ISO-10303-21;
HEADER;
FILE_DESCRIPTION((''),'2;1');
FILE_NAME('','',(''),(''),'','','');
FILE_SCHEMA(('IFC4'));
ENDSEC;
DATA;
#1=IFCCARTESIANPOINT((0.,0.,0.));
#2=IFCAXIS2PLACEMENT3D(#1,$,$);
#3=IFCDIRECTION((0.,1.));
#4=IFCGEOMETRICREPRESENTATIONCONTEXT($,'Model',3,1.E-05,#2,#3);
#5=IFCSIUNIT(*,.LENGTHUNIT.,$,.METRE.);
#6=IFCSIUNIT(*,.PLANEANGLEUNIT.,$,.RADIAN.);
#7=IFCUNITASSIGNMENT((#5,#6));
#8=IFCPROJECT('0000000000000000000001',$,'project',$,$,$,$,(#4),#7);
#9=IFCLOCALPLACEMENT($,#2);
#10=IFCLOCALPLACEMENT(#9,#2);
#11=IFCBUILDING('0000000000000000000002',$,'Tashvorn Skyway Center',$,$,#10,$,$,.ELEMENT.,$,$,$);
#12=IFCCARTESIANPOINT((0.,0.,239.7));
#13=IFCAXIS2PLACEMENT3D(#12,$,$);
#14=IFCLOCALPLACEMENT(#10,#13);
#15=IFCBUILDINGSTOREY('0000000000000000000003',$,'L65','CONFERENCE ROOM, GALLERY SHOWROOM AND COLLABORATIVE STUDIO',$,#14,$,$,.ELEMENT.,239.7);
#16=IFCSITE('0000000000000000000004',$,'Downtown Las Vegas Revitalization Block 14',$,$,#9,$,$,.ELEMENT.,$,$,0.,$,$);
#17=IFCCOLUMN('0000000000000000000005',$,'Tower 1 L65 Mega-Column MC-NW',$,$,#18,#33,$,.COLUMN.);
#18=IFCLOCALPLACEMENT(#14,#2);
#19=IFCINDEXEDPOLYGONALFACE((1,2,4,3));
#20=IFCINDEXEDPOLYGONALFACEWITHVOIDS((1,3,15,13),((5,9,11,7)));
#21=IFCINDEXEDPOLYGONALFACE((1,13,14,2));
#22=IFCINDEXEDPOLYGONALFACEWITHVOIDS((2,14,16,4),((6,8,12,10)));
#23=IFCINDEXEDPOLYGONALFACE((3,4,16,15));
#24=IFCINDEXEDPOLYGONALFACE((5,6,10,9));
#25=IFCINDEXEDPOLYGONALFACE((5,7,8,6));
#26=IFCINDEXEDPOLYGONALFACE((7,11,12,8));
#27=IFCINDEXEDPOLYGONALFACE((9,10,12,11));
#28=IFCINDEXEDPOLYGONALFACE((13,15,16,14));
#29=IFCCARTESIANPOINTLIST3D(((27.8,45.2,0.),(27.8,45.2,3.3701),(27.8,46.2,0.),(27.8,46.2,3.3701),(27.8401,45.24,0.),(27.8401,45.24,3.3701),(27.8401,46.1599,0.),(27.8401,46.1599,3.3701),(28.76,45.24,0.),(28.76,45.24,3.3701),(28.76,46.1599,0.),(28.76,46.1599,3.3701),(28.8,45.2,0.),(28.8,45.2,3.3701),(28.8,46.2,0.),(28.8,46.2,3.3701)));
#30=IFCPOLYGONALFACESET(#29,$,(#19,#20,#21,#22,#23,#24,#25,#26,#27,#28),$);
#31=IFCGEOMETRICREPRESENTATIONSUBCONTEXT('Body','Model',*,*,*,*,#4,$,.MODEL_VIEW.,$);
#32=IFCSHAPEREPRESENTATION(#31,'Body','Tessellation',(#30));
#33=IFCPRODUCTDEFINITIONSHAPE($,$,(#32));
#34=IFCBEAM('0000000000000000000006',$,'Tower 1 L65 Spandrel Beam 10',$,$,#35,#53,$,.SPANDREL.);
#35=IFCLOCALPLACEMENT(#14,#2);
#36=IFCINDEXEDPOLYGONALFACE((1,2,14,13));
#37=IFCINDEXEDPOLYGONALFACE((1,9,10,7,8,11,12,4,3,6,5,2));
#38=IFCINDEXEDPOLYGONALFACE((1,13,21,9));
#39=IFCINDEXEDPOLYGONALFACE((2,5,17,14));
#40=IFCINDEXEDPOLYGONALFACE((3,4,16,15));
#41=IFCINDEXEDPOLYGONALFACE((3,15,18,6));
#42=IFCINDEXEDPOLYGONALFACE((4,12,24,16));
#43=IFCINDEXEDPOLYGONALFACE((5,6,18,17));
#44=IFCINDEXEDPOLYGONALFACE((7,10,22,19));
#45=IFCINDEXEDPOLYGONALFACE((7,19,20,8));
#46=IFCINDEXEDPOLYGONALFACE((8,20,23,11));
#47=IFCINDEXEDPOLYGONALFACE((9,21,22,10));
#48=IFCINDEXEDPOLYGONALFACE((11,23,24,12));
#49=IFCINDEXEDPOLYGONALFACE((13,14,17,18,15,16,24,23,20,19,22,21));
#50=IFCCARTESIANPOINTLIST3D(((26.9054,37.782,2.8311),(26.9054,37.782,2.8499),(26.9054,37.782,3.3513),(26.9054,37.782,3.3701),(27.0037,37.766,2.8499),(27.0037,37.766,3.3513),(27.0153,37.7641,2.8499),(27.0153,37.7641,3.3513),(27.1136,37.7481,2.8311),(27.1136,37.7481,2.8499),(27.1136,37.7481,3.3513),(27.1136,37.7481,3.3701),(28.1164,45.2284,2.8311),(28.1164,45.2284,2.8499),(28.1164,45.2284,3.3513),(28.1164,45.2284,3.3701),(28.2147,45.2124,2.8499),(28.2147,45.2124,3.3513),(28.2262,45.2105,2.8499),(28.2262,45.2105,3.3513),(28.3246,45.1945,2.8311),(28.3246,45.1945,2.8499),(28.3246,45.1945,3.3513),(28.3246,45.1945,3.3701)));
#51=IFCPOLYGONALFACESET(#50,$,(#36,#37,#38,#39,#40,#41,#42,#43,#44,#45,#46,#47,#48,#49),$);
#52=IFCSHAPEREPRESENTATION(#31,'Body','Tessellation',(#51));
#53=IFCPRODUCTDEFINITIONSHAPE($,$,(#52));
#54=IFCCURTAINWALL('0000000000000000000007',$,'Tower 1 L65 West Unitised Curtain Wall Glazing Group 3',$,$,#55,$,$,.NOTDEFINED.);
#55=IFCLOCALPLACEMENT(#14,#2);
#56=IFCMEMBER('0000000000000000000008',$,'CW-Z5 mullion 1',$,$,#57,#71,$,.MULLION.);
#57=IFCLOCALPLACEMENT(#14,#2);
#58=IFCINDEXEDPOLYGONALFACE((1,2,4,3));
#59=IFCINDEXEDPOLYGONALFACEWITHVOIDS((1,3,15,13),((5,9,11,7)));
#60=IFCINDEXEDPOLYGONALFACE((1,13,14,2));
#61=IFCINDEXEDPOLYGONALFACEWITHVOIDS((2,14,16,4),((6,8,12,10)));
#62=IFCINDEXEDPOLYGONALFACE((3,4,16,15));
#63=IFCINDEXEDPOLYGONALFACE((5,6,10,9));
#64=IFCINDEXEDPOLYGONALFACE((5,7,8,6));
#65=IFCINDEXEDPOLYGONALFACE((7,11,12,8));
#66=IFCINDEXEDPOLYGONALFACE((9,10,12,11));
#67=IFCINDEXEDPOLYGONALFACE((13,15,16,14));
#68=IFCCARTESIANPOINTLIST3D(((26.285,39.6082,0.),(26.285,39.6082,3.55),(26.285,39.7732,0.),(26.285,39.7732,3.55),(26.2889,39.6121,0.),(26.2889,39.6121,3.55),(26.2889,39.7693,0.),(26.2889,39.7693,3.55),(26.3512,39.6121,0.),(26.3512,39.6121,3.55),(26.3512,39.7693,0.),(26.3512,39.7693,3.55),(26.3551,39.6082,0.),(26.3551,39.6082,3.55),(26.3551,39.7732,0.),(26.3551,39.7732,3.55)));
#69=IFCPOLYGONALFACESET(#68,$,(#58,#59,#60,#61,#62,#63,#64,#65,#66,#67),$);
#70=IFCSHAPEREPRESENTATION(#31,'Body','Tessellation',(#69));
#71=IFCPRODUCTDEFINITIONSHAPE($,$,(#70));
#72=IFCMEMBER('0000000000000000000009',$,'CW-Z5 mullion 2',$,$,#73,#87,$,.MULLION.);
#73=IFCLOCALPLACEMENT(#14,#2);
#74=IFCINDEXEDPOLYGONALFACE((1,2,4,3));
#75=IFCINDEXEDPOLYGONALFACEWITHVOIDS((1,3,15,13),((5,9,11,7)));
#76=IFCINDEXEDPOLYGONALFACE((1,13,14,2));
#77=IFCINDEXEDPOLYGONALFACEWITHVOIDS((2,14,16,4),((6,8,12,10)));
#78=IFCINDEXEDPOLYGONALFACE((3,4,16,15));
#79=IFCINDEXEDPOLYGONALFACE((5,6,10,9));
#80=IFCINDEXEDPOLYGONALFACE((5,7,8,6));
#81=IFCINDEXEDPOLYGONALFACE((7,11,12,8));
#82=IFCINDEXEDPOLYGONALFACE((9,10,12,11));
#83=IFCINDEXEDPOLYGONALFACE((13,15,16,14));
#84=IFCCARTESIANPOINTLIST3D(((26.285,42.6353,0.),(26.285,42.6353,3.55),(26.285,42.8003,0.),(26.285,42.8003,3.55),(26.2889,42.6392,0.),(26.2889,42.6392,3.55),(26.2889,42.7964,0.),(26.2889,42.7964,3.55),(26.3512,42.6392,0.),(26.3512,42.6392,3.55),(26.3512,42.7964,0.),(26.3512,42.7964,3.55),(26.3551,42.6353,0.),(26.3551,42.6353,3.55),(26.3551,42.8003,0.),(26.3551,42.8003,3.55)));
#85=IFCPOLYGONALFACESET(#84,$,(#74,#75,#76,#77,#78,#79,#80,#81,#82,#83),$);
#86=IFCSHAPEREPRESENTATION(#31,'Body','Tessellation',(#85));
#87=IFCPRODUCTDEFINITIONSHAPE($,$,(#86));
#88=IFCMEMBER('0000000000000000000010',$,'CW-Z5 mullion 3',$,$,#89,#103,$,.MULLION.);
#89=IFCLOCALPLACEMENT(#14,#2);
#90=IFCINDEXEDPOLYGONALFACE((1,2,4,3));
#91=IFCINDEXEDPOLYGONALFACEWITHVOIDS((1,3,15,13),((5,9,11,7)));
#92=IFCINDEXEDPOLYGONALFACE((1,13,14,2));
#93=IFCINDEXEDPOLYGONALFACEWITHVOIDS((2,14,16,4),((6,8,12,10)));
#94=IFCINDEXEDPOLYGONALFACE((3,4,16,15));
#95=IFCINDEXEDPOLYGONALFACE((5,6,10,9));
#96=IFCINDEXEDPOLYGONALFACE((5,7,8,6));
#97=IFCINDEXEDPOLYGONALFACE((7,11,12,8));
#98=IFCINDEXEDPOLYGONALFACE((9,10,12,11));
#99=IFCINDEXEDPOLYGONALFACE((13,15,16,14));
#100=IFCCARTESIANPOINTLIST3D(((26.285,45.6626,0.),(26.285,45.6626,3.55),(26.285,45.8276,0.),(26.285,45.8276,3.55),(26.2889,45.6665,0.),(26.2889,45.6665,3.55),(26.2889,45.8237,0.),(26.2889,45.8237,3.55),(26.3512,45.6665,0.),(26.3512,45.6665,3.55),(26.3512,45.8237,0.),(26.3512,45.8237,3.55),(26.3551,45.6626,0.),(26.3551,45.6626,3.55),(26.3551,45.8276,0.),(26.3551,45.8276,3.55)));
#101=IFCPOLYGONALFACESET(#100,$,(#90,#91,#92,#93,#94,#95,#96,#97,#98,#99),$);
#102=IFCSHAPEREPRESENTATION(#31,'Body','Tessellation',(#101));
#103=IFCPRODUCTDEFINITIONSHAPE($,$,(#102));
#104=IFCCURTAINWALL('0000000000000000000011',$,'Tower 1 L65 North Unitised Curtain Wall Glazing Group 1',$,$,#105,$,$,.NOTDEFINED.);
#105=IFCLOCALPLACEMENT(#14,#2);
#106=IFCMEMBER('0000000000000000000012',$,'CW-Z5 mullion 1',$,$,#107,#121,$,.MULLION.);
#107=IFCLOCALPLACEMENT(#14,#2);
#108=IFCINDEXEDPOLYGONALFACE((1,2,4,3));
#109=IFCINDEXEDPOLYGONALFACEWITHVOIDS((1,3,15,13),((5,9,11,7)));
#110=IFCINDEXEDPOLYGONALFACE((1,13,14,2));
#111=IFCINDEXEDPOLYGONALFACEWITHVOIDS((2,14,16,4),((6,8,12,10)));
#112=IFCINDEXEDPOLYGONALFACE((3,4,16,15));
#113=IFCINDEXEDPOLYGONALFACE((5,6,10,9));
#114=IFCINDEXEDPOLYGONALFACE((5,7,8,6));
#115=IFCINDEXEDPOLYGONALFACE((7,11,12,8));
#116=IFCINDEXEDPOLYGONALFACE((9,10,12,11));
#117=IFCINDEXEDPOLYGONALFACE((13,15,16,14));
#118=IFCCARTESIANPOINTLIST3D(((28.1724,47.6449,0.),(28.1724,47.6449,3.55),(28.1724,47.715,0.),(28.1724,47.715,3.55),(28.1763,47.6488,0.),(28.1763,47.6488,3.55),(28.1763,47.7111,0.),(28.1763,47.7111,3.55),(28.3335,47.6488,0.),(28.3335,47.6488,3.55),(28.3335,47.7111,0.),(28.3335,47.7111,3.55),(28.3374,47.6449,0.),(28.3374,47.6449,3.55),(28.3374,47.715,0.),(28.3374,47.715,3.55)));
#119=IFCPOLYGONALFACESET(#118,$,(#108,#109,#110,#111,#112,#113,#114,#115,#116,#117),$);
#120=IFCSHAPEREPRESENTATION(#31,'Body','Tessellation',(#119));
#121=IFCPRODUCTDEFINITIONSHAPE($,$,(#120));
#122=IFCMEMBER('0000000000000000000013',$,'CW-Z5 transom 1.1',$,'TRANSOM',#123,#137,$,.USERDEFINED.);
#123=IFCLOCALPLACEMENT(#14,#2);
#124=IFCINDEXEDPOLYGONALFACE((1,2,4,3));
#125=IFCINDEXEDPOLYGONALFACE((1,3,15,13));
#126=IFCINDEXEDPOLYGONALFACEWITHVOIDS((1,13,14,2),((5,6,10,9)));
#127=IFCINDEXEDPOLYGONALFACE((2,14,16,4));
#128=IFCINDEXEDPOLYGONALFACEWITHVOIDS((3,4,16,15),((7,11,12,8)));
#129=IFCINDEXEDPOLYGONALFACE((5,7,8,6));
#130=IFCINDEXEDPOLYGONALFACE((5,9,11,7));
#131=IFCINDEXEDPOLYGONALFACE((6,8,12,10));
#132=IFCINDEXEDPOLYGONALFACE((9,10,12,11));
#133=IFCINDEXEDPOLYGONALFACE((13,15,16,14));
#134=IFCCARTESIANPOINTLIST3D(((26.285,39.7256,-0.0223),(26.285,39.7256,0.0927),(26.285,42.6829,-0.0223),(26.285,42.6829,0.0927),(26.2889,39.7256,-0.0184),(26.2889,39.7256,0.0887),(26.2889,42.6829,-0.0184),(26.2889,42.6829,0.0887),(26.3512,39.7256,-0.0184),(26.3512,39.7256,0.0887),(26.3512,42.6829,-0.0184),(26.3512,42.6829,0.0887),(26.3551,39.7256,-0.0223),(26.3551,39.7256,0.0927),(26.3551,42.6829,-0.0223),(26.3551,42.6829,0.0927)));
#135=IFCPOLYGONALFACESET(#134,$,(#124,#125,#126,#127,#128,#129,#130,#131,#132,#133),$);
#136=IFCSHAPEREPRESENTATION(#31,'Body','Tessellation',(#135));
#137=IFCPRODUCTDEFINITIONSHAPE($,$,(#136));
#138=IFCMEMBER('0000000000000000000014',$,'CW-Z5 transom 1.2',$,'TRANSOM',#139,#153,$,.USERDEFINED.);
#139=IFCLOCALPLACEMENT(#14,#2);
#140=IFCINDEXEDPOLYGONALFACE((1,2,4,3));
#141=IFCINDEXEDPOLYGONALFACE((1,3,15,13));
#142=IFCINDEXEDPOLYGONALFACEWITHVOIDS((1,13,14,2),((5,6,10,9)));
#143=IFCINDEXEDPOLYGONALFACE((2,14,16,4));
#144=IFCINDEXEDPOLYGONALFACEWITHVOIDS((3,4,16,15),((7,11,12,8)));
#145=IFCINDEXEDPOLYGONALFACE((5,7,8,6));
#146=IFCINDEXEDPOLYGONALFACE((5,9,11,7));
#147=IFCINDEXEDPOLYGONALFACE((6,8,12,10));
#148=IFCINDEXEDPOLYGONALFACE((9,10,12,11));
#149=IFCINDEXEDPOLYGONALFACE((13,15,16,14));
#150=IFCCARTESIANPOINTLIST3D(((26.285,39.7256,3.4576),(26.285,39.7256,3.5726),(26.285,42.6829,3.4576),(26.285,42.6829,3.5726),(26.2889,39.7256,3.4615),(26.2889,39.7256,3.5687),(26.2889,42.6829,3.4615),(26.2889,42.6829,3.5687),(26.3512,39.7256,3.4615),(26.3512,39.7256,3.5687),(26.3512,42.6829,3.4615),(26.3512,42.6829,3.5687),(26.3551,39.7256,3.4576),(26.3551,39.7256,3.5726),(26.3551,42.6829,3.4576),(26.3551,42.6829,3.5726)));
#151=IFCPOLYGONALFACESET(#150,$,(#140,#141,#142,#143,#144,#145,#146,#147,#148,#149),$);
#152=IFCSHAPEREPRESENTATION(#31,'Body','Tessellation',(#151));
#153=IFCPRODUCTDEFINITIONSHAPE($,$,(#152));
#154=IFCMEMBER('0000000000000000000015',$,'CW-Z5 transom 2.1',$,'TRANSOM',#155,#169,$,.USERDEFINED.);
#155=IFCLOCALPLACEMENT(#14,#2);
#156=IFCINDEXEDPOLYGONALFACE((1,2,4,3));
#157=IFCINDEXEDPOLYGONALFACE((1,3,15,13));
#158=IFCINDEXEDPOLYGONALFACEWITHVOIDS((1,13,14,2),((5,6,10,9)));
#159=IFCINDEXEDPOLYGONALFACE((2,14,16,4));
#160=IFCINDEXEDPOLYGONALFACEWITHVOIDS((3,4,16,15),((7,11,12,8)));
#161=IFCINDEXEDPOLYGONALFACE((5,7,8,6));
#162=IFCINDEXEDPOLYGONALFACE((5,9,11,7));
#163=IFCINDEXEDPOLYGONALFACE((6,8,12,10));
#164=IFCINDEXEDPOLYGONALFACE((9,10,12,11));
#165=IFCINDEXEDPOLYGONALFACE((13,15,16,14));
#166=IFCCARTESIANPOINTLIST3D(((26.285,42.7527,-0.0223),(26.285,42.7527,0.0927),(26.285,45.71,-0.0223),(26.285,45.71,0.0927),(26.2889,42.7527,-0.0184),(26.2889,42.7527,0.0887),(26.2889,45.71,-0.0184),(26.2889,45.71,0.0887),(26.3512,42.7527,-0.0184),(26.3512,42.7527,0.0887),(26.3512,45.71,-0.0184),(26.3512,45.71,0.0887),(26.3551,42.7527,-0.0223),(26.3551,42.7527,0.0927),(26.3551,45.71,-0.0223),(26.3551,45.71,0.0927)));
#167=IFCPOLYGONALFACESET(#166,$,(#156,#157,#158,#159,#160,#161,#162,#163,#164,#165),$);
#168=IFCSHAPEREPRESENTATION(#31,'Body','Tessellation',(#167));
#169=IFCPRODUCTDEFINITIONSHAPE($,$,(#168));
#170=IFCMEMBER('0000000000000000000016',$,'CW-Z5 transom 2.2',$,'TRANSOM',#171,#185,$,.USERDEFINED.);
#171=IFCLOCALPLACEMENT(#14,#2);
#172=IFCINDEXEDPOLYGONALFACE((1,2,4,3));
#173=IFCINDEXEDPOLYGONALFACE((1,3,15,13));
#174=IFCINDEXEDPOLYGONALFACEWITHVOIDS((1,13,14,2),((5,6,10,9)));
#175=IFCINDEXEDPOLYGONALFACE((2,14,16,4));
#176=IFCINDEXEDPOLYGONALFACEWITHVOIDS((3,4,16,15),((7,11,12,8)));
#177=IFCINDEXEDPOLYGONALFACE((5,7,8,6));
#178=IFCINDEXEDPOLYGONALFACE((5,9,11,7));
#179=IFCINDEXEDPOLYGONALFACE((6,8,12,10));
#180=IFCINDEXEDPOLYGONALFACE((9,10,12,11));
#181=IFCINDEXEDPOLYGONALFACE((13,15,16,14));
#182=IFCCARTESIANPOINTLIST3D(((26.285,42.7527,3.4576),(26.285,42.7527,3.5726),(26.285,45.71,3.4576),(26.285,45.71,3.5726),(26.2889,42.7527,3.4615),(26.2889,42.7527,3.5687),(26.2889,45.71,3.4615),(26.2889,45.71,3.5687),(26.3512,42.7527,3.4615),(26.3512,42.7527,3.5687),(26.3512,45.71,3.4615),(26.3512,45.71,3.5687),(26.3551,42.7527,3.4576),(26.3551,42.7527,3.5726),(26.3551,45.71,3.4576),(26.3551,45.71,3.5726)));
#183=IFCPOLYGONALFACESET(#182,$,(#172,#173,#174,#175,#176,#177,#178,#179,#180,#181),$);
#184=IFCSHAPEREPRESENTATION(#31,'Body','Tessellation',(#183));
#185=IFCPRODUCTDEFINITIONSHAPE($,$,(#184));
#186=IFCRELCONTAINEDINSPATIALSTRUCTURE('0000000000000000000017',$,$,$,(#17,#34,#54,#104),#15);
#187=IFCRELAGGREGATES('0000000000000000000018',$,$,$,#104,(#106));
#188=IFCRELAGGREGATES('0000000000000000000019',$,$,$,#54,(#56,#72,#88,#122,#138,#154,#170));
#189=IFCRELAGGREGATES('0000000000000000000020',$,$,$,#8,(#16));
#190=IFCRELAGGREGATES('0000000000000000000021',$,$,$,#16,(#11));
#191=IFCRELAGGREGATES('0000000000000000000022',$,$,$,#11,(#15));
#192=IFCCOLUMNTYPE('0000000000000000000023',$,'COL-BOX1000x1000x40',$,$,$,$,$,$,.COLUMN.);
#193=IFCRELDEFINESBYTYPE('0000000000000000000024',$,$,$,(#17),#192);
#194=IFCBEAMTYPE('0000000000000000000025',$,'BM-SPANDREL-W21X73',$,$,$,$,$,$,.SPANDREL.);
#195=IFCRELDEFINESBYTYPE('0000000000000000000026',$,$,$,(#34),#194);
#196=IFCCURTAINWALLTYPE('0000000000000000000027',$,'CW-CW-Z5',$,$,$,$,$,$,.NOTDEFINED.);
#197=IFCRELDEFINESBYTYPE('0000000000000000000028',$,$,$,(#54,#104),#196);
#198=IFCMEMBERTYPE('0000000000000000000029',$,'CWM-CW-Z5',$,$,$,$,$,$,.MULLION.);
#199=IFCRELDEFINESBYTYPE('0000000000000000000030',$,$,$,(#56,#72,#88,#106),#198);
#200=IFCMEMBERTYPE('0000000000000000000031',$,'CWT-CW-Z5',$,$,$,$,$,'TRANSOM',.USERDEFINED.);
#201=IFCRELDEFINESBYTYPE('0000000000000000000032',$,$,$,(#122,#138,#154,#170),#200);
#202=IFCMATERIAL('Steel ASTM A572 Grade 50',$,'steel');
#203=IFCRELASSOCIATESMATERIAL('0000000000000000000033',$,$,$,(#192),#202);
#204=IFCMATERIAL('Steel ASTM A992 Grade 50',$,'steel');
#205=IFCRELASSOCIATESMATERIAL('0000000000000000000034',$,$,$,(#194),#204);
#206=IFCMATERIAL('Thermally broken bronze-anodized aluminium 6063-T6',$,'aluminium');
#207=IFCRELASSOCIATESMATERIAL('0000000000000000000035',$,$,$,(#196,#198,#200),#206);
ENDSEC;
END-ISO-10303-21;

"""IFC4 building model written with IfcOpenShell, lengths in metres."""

from ifc_helpers import new_model, si_unit, direction, frame, origin, origin_2d, place, context, subcontext, project, spatial, hollow_rectangle, i_section, extrude, material, material_profile, profile_set, type_object, element, aggregate, save


model = new_model("IFC4")

# Units and contexts
model_context = context("Model", 3, precision=1e-05, world=origin(), true_north=direction((0.0, 1.0)))
body_context = subcontext(model_context, "Body", "Model", "MODEL_VIEW")
ifc_project = project(units=[si_unit("LENGTHUNIT", "METRE"), si_unit("PLANEANGLEUNIT", "RADIAN")], contexts=[model_context])

# Site, building, storey
site_placement = place(None, origin())
site = spatial("IfcSite", under=ifc_project, at=site_placement, Name="Downtown Las Vegas Revitalization Block 14", CompositionType="ELEMENT", RefElevation=0.0)
building_placement = place(site_placement, origin())
building = spatial("IfcBuilding", under=site, at=building_placement, Name="Tashvorn Skyway Center", CompositionType="ELEMENT")
storey_placement = place(building_placement, frame((0.0, 0.0, 239.7)))
storey = spatial("IfcBuildingStorey", under=building, at=storey_placement, Name="L65", Description="CONFERENCE ROOM, GALLERY SHOWROOM AND COLLABORATIVE STUDIO", CompositionType="ELEMENT", Elevation=239.7)

# Column
ifc_material_1 = material(Name="Steel ASTM A572 Grade 50", Category="steel")
ifc_material_profile_1 = material_profile(ifc_material_1, hollow_rectangle(XDim=1.0, YDim=1.0, WallThickness=0.04, at=origin_2d()), Name="BOX1000x1000x40")
ifc_profile_set_1 = profile_set([ifc_material_profile_1], Name="Steel ASTM A572 Grade 50")
column_type = type_object("IfcColumnType", Name="COL-BOX1000x1000x40", PredefinedType="COLUMN", material=ifc_profile_set_1)
column_placement = place(storey_placement, frame((28.3, 45.7, 0.0), z_axis=(0.0, 0.0, 1.0), x_axis=(1.0, 0.0, 0.0)))
element("IfcColumn", 1, at=column_placement, inside=storey, type_object=column_type, Name="Tower 1 L65 Mega-Column MC-NW", PredefinedType="COLUMN", context=body_context, shape_type="SweptSolid", body=[
    extrude(hollow_rectangle(XDim=1.0, YDim=1.0, WallThickness=0.04, at=origin_2d()), origin(), (0.0, 0.0, 1.0), 3.3701),
])

# Beam
ifc_material_2 = material(Name="Steel ASTM A992 Grade 50", Category="steel")
ifc_material_profile_2 = material_profile(ifc_material_2, i_section(OverallWidth=0.2109, OverallDepth=0.5391, WebThickness=0.0117, FlangeThickness=0.0188, at=origin_2d()), Name="W21X73")
ifc_profile_set_2 = profile_set([ifc_material_profile_2], Name="Steel ASTM A992 Grade 50")
beam_type = type_object("IfcBeamType", Name="BM-SPANDREL-W21X73", PredefinedType="SPANDREL", material=ifc_profile_set_2)
beam_placement = place(storey_placement, frame((28.2205, 45.2114, 3.1006), z_axis=(-0.160514, -0.987034, 0.0), x_axis=(0.987034, -0.160514, 0.0)))
element("IfcBeam", 2, at=beam_placement, inside=storey, type_object=beam_type, Name="Tower 1 L65 Spandrel Beam 10", PredefinedType="SPANDREL", context=body_context, shape_type="SweptSolid", body=[
    extrude(i_section(OverallWidth=0.2109, OverallDepth=0.5391, WebThickness=0.0117, FlangeThickness=0.0188, at=origin_2d()), origin(), (0.0, 0.0, 1.0), 7.5442),
])

# Curtain wall, members
ifc_material_3 = material(Name="Thermally broken bronze-anodized aluminium 6063-T6", Category="aluminium")
curtain_wall_type = type_object("IfcCurtainWallType", Name="CW-CW-Z5", PredefinedType="NOTDEFINED", material=ifc_material_3)
curtain_wall_1_placement = place(storey_placement, origin())
curtain_wall_1 = element("IfcCurtainWall", 3, at=curtain_wall_1_placement, inside=storey, type_object=curtain_wall_type, Name="Tower 1 L65 West Unitised Curtain Wall Glazing Group 3", PredefinedType="NOTDEFINED")
ifc_material_profile_3 = material_profile(ifc_material_3, hollow_rectangle(XDim=0.0701, YDim=0.165, WallThickness=0.0039, at=origin_2d()), Name="ALU-MULL-70x165")
ifc_profile_set_3 = profile_set([ifc_material_profile_3], Name="Thermally broken bronze-anodized aluminium 6063-T6")
member_type_1 = type_object("IfcMemberType", Name="CWM-CW-Z5", PredefinedType="MULLION", material=ifc_profile_set_3)
member_1_placement = place(storey_placement, frame((26.3201, 39.6907, 0.0), z_axis=(0.0, 0.0, 1.0), x_axis=(-1.0, 0.0, 0.0)))
member_1 = element("IfcMember", 4, at=member_1_placement, type_object=member_type_1, Name="CW-Z5 mullion 1", PredefinedType="MULLION", context=body_context, shape_type="SweptSolid", body=[
    extrude(hollow_rectangle(XDim=0.0701, YDim=0.165, WallThickness=0.0039, at=origin_2d()), origin(), (0.0, 0.0, 1.0), 3.55),
])
member_2_placement = place(storey_placement, frame((26.3201, 42.7178, 0.0), z_axis=(0.0, 0.0, 1.0), x_axis=(-1.0, 0.0, 0.0)))
member_2 = element("IfcMember", 5, at=member_2_placement, type_object=member_type_1, Name="CW-Z5 mullion 2", PredefinedType="MULLION", context=body_context, shape_type="SweptSolid", body=[
    extrude(hollow_rectangle(XDim=0.0701, YDim=0.165, WallThickness=0.0039, at=origin_2d()), origin(), (0.0, 0.0, 1.0), 3.55),
])
member_3_placement = place(storey_placement, frame((26.3201, 45.7451, 0.0), z_axis=(0.0, 0.0, 1.0), x_axis=(-1.0, 0.0, 0.0)))
member_3 = element("IfcMember", 6, at=member_3_placement, type_object=member_type_1, Name="CW-Z5 mullion 3", PredefinedType="MULLION", context=body_context, shape_type="SweptSolid", body=[
    extrude(hollow_rectangle(XDim=0.0701, YDim=0.165, WallThickness=0.0039, at=origin_2d()), origin(), (0.0, 0.0, 1.0), 3.55),
])

# Curtain wall, member
curtain_wall_2_placement = place(storey_placement, origin())
curtain_wall_2 = element("IfcCurtainWall", 7, at=curtain_wall_2_placement, inside=storey, type_object=curtain_wall_type, Name="Tower 1 L65 North Unitised Curtain Wall Glazing Group 1", PredefinedType="NOTDEFINED")
member_4_placement = place(storey_placement, frame((28.2549, 47.6799, 0.0), z_axis=(0.0, 0.0, 1.0), x_axis=(0.0, 1.0, 0.0)))
member_4 = element("IfcMember", 8, at=member_4_placement, type_object=member_type_1, Name="CW-Z5 mullion 1", PredefinedType="MULLION", context=body_context, shape_type="SweptSolid", body=[
    extrude(hollow_rectangle(XDim=0.0701, YDim=0.165, WallThickness=0.0039, at=origin_2d()), origin(), (0.0, 0.0, 1.0), 3.55),
])

# Members
ifc_material_profile_4 = material_profile(ifc_material_3, hollow_rectangle(XDim=0.0701, YDim=0.115, WallThickness=0.0039, at=origin_2d()), Name="ALU-TRAN-70x115")
ifc_profile_set_4 = profile_set([ifc_material_profile_4], Name="Thermally broken bronze-anodized aluminium 6063-T6")
member_type_2 = type_object("IfcMemberType", Name="CWT-CW-Z5", ElementType="TRANSOM", PredefinedType="USERDEFINED", material=ifc_profile_set_4)
member_5_placement = place(storey_placement, frame((26.3201, 39.7256, 0.0352), z_axis=(0.0, 1.0, 0.0), x_axis=(-1.0, 0.0, 0.0)))
member_5 = element("IfcMember", 9, at=member_5_placement, type_object=member_type_2, Name="CW-Z5 transom 1.1", ObjectType="TRANSOM", PredefinedType="USERDEFINED", context=body_context, shape_type="SweptSolid", body=[
    extrude(hollow_rectangle(XDim=0.0701, YDim=0.115, WallThickness=0.0039, at=origin_2d()), origin(), (0.0, 0.0, 1.0), 2.9573),
])
member_6_placement = place(storey_placement, frame((26.3201, 39.7256, 3.5151), z_axis=(0.0, 1.0, 0.0), x_axis=(-1.0, 0.0, 0.0)))
member_6 = element("IfcMember", 10, at=member_6_placement, type_object=member_type_2, Name="CW-Z5 transom 1.2", ObjectType="TRANSOM", PredefinedType="USERDEFINED", context=body_context, shape_type="SweptSolid", body=[
    extrude(hollow_rectangle(XDim=0.0701, YDim=0.115, WallThickness=0.0039, at=origin_2d()), origin(), (0.0, 0.0, 1.0), 2.9573),
])
member_7_placement = place(storey_placement, frame((26.3201, 42.7527, 0.0352), z_axis=(0.0, 1.0, 0.0), x_axis=(-1.0, 0.0, 0.0)))
member_7 = element("IfcMember", 11, at=member_7_placement, type_object=member_type_2, Name="CW-Z5 transom 2.1", ObjectType="TRANSOM", PredefinedType="USERDEFINED", context=body_context, shape_type="SweptSolid", body=[
    extrude(hollow_rectangle(XDim=0.0701, YDim=0.115, WallThickness=0.0039, at=origin_2d()), origin(), (0.0, 0.0, 1.0), 2.9573),
])
member_8_placement = place(storey_placement, frame((26.3201, 42.7527, 3.5151), z_axis=(0.0, 1.0, 0.0), x_axis=(-1.0, 0.0, 0.0)))
member_8 = element("IfcMember", 12, at=member_8_placement, type_object=member_type_2, Name="CW-Z5 transom 2.2", ObjectType="TRANSOM", PredefinedType="USERDEFINED", context=body_context, shape_type="SweptSolid", body=[
    extrude(hollow_rectangle(XDim=0.0701, YDim=0.115, WallThickness=0.0039, at=origin_2d()), origin(), (0.0, 0.0, 1.0), 2.9573),
])
aggregate(curtain_wall_2, [member_4])

aggregate(curtain_wall_1, [member_1, member_2, member_3, member_5, member_6, member_7, member_8])

save(model, "model.ifc")
